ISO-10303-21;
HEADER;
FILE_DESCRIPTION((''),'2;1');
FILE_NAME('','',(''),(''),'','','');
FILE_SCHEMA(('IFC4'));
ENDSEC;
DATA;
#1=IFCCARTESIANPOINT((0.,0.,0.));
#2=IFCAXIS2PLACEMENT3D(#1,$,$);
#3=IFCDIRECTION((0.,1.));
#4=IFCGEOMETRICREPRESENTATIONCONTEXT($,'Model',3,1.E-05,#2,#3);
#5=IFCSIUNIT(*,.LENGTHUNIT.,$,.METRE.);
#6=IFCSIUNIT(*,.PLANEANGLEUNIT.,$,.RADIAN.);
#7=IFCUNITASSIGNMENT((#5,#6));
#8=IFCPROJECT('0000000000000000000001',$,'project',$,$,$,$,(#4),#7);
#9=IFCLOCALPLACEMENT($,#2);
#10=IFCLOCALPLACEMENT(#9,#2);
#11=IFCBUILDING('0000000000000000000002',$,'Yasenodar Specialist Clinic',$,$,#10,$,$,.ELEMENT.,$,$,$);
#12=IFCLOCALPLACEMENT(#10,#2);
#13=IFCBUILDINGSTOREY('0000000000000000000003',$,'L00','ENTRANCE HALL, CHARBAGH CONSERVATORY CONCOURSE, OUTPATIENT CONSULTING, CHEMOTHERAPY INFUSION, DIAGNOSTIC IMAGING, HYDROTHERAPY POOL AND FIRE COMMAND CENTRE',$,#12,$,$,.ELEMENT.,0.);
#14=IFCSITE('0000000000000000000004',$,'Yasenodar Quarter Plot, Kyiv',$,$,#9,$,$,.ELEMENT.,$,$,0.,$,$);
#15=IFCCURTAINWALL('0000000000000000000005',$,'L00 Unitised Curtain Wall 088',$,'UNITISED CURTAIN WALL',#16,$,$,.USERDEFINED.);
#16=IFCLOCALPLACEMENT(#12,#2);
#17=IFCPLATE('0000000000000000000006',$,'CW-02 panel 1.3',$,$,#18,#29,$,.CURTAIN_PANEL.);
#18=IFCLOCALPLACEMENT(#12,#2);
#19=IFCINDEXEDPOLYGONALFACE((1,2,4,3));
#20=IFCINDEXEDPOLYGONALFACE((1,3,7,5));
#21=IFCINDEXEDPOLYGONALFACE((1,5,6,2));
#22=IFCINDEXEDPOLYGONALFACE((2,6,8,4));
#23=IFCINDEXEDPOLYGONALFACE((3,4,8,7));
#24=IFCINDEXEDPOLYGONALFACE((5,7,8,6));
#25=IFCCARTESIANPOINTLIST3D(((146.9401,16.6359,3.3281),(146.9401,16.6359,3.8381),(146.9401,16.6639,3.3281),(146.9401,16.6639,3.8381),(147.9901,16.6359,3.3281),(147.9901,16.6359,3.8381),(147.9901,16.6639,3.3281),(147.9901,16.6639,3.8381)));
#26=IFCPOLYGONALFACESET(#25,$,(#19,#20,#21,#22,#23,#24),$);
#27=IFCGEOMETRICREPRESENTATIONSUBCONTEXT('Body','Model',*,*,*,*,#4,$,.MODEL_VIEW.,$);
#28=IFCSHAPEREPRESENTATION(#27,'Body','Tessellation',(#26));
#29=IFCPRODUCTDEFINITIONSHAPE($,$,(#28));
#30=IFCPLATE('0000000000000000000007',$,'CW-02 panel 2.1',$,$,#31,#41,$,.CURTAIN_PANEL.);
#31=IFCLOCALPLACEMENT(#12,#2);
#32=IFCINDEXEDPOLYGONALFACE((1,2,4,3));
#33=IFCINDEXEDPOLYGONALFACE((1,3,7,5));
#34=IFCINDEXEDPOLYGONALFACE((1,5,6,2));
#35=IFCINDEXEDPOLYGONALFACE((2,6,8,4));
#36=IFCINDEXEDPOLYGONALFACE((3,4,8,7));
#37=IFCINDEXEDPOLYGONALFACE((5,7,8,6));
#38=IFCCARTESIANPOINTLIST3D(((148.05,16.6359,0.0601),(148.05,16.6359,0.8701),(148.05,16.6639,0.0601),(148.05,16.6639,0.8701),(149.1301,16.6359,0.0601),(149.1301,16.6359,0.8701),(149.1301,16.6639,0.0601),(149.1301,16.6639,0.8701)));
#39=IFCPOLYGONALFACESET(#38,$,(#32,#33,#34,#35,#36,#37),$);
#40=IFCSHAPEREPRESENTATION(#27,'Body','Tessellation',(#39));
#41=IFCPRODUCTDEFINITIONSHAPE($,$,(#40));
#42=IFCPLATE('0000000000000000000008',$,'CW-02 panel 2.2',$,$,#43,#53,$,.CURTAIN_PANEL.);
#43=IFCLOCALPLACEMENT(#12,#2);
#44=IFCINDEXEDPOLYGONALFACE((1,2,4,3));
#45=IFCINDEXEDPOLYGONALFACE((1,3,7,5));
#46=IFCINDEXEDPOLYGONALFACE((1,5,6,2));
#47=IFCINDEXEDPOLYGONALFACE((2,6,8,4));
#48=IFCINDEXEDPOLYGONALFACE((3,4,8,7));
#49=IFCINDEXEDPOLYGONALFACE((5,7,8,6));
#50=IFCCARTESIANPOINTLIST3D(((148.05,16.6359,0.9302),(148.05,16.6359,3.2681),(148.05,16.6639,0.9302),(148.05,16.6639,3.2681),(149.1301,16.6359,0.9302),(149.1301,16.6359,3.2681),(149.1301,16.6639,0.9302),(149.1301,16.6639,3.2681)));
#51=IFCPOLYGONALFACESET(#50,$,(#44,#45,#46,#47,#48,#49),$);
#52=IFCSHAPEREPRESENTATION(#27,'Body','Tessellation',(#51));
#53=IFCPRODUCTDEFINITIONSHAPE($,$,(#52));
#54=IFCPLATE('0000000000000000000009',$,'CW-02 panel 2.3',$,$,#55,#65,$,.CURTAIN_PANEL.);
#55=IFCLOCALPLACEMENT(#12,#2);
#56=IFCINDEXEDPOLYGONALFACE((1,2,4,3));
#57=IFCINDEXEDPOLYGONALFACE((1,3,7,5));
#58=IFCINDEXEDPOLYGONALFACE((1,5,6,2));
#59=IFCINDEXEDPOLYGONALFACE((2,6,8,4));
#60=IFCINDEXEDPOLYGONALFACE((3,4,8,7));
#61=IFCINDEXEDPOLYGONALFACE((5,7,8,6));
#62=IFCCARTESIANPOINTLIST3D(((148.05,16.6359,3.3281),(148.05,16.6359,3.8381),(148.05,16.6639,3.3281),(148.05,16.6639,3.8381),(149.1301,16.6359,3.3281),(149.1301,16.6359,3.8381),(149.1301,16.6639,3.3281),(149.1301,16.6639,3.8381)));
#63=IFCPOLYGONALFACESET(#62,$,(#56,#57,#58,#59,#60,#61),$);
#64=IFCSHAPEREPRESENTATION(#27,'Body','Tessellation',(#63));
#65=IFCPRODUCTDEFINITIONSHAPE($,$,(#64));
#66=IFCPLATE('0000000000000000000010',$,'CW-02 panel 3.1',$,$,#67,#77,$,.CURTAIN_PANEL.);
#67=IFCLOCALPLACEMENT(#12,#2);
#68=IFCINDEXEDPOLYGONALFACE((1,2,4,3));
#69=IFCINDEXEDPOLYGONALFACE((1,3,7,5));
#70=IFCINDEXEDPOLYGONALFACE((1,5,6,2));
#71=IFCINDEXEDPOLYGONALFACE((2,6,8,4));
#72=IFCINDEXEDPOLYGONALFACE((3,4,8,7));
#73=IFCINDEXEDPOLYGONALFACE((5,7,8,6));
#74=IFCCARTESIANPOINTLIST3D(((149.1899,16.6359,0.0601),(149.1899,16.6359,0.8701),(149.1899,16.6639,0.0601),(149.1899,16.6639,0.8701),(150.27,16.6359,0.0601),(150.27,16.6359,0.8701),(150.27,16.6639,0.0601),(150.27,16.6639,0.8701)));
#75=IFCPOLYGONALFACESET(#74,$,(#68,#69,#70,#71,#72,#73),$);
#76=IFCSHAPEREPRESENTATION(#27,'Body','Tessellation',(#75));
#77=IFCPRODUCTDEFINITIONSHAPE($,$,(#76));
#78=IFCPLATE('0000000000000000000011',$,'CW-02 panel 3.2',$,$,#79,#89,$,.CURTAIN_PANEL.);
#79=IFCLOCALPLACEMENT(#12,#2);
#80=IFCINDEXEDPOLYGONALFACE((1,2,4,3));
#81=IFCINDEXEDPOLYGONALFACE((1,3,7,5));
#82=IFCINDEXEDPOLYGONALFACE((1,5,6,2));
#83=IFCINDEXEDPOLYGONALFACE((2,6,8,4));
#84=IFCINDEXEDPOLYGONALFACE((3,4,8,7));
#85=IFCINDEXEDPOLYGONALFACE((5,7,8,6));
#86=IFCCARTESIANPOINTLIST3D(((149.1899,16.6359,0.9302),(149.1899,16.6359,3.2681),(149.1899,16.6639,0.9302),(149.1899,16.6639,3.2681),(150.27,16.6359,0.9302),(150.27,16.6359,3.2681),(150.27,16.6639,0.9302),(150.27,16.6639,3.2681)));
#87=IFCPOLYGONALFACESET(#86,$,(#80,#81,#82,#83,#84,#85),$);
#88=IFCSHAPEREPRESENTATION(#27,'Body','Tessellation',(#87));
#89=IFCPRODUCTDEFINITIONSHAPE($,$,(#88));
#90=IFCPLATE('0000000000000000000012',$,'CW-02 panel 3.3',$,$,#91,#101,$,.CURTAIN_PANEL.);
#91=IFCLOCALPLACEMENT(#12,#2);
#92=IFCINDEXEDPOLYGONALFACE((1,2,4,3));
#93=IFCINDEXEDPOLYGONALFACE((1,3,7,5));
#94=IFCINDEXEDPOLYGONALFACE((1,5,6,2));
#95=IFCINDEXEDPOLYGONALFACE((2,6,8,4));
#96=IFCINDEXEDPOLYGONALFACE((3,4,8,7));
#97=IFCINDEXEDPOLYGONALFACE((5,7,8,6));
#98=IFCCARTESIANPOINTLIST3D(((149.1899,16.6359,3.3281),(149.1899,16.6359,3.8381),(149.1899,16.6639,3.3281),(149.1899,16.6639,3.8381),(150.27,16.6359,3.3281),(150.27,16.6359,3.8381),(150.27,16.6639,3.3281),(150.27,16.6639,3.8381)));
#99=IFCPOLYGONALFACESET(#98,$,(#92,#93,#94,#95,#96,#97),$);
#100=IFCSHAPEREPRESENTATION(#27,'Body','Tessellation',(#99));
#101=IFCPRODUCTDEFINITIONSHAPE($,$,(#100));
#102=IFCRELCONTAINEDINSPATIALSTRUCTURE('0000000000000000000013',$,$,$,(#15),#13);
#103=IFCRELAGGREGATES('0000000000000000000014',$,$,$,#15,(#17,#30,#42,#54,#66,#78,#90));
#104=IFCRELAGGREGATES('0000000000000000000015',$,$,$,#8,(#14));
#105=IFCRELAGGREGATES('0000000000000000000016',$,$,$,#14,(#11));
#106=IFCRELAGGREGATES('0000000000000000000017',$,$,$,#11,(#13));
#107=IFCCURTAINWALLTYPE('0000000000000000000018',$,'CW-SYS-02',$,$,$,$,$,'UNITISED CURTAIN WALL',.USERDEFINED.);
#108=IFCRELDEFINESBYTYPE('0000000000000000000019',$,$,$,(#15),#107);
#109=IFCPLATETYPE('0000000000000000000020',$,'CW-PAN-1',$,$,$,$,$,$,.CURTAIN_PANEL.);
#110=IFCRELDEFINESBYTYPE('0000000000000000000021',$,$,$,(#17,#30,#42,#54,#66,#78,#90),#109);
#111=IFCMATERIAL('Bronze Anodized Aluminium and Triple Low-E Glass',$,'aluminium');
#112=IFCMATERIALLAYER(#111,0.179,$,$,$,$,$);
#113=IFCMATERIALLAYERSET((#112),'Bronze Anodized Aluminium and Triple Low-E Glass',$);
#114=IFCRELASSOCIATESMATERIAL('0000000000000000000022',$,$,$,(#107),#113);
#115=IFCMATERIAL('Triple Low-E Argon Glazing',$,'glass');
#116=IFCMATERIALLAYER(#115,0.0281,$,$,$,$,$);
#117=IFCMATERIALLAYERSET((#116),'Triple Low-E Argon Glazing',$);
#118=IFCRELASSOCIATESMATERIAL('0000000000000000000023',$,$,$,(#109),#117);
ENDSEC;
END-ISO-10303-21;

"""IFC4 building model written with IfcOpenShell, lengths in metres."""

from ifc_helpers import new_model, si_unit, direction, frame, origin, origin_2d, place, context, subcontext, project, spatial, rectangle, extrude, material, layer, layer_set, type_object, element, aggregate, save


model = new_model("IFC4")

# Units and contexts
model_context = context("Model", 3, precision=1e-05, world=origin(), true_north=direction((0.0, 1.0)))
body_context = subcontext(model_context, "Body", "Model", "MODEL_VIEW")
ifc_project = project(units=[si_unit("LENGTHUNIT", "METRE"), si_unit("PLANEANGLEUNIT", "RADIAN")], contexts=[model_context])

# Site, building, storey
site_placement = place(None, origin())
site = spatial("IfcSite", under=ifc_project, at=site_placement, Name="Yasenodar Quarter Plot, Kyiv", CompositionType="ELEMENT", RefElevation=0.0)
building_placement = place(site_placement, origin())
building = spatial("IfcBuilding", under=site, at=building_placement, Name="Yasenodar Specialist Clinic", CompositionType="ELEMENT")
storey_placement = place(building_placement, origin())
storey = spatial("IfcBuildingStorey", under=building, at=storey_placement, Name="L00", Description="ENTRANCE HALL, CHARBAGH CONSERVATORY CONCOURSE, OUTPATIENT CONSULTING, CHEMOTHERAPY INFUSION, DIAGNOSTIC IMAGING, HYDROTHERAPY POOL AND FIRE COMMAND CENTRE", CompositionType="ELEMENT", Elevation=0.0)

# Curtain wall, plates
ifc_material_1 = material(Name="Bronze Anodized Aluminium and Triple Low-E Glass", Category="aluminium")
ifc_layer_1 = layer(ifc_material_1, 0.179)
ifc_layer_set_1 = layer_set([ifc_layer_1], Name="Bronze Anodized Aluminium and Triple Low-E Glass")
curtain_wall_type = type_object("IfcCurtainWallType", Name="CW-SYS-02", ElementType="UNITISED CURTAIN WALL", PredefinedType="USERDEFINED", material=ifc_layer_set_1)
curtain_wall_placement = place(storey_placement, origin())
curtain_wall = element("IfcCurtainWall", 1, at=curtain_wall_placement, inside=storey, type_object=curtain_wall_type, Name="L00 Unitised Curtain Wall 088", ObjectType="UNITISED CURTAIN WALL", PredefinedType="USERDEFINED")
ifc_material_2 = material(Name="Triple Low-E Argon Glazing", Category="glass")
ifc_layer_2 = layer(ifc_material_2, 0.0281)
ifc_layer_set_2 = layer_set([ifc_layer_2], Name="Triple Low-E Argon Glazing")
plate_type = type_object("IfcPlateType", Name="CW-PAN-1", PredefinedType="CURTAIN_PANEL", material=ifc_layer_set_2)
plate_1_placement = place(storey_placement, frame((147.4651, 16.6499, 3.3281), z_axis=(0.0, 0.0, 1.0), x_axis=(1.0, 0.0, 0.0)))
plate_1 = element("IfcPlate", 2, at=plate_1_placement, type_object=plate_type, Name="CW-02 panel 1.3", PredefinedType="CURTAIN_PANEL", context=body_context, shape_type="SweptSolid", body=[
    extrude(rectangle(XDim=1.05, YDim=0.0281, at=origin_2d()), origin(), (0.0, 0.0, 1.0), 0.51),
])
plate_2_placement = place(storey_placement, frame((148.5901, 16.6499, 0.0601), z_axis=(0.0, 0.0, 1.0), x_axis=(1.0, 0.0, 0.0)))
plate_2 = element("IfcPlate", 3, at=plate_2_placement, type_object=plate_type, Name="CW-02 panel 2.1", PredefinedType="CURTAIN_PANEL", context=body_context, shape_type="SweptSolid", body=[
    extrude(rectangle(XDim=1.0801, YDim=0.0281, at=origin_2d()), origin(), (0.0, 0.0, 1.0), 0.8101),
])
plate_3_placement = place(storey_placement, frame((148.5901, 16.6499, 0.9302), z_axis=(0.0, 0.0, 1.0), x_axis=(1.0, 0.0, 0.0)))
plate_3 = element("IfcPlate", 4, at=plate_3_placement, type_object=plate_type, Name="CW-02 panel 2.2", PredefinedType="CURTAIN_PANEL", context=body_context, shape_type="SweptSolid", body=[
    extrude(rectangle(XDim=1.0801, YDim=0.0281, at=origin_2d()), origin(), (0.0, 0.0, 1.0), 2.3379),
])
plate_4_placement = place(storey_placement, frame((148.5901, 16.6499, 3.3281), z_axis=(0.0, 0.0, 1.0), x_axis=(1.0, 0.0, 0.0)))
plate_4 = element("IfcPlate", 5, at=plate_4_placement, type_object=plate_type, Name="CW-02 panel 2.3", PredefinedType="CURTAIN_PANEL", context=body_context, shape_type="SweptSolid", body=[
    extrude(rectangle(XDim=1.0801, YDim=0.0281, at=origin_2d()), origin(), (0.0, 0.0, 1.0), 0.51),
])
plate_5_placement = place(storey_placement, frame((149.73, 16.6499, 0.0601), z_axis=(0.0, 0.0, 1.0), x_axis=(1.0, 0.0, 0.0)))
plate_5 = element("IfcPlate", 6, at=plate_5_placement, type_object=plate_type, Name="CW-02 panel 3.1", PredefinedType="CURTAIN_PANEL", context=body_context, shape_type="SweptSolid", body=[
    extrude(rectangle(XDim=1.0801, YDim=0.0281, at=origin_2d()), origin(), (0.0, 0.0, 1.0), 0.8101),
])
plate_6_placement = place(storey_placement, frame((149.73, 16.6499, 0.9302), z_axis=(0.0, 0.0, 1.0), x_axis=(1.0, 0.0, 0.0)))
plate_6 = element("IfcPlate", 7, at=plate_6_placement, type_object=plate_type, Name="CW-02 panel 3.2", PredefinedType="CURTAIN_PANEL", context=body_context, shape_type="SweptSolid", body=[
    extrude(rectangle(XDim=1.0801, YDim=0.0281, at=origin_2d()), origin(), (0.0, 0.0, 1.0), 2.3379),
])
plate_7_placement = place(storey_placement, frame((149.73, 16.6499, 3.3281), z_axis=(0.0, 0.0, 1.0), x_axis=(1.0, 0.0, 0.0)))
plate_7 = element("IfcPlate", 8, at=plate_7_placement, type_object=plate_type, Name="CW-02 panel 3.3", PredefinedType="CURTAIN_PANEL", context=body_context, shape_type="SweptSolid", body=[
    extrude(rectangle(XDim=1.0801, YDim=0.0281, at=origin_2d()), origin(), (0.0, 0.0, 1.0), 0.51),
])
aggregate(curtain_wall, [plate_1, plate_2, plate_3, plate_4, plate_5, plate_6, plate_7])

save(model, "model.ifc")
